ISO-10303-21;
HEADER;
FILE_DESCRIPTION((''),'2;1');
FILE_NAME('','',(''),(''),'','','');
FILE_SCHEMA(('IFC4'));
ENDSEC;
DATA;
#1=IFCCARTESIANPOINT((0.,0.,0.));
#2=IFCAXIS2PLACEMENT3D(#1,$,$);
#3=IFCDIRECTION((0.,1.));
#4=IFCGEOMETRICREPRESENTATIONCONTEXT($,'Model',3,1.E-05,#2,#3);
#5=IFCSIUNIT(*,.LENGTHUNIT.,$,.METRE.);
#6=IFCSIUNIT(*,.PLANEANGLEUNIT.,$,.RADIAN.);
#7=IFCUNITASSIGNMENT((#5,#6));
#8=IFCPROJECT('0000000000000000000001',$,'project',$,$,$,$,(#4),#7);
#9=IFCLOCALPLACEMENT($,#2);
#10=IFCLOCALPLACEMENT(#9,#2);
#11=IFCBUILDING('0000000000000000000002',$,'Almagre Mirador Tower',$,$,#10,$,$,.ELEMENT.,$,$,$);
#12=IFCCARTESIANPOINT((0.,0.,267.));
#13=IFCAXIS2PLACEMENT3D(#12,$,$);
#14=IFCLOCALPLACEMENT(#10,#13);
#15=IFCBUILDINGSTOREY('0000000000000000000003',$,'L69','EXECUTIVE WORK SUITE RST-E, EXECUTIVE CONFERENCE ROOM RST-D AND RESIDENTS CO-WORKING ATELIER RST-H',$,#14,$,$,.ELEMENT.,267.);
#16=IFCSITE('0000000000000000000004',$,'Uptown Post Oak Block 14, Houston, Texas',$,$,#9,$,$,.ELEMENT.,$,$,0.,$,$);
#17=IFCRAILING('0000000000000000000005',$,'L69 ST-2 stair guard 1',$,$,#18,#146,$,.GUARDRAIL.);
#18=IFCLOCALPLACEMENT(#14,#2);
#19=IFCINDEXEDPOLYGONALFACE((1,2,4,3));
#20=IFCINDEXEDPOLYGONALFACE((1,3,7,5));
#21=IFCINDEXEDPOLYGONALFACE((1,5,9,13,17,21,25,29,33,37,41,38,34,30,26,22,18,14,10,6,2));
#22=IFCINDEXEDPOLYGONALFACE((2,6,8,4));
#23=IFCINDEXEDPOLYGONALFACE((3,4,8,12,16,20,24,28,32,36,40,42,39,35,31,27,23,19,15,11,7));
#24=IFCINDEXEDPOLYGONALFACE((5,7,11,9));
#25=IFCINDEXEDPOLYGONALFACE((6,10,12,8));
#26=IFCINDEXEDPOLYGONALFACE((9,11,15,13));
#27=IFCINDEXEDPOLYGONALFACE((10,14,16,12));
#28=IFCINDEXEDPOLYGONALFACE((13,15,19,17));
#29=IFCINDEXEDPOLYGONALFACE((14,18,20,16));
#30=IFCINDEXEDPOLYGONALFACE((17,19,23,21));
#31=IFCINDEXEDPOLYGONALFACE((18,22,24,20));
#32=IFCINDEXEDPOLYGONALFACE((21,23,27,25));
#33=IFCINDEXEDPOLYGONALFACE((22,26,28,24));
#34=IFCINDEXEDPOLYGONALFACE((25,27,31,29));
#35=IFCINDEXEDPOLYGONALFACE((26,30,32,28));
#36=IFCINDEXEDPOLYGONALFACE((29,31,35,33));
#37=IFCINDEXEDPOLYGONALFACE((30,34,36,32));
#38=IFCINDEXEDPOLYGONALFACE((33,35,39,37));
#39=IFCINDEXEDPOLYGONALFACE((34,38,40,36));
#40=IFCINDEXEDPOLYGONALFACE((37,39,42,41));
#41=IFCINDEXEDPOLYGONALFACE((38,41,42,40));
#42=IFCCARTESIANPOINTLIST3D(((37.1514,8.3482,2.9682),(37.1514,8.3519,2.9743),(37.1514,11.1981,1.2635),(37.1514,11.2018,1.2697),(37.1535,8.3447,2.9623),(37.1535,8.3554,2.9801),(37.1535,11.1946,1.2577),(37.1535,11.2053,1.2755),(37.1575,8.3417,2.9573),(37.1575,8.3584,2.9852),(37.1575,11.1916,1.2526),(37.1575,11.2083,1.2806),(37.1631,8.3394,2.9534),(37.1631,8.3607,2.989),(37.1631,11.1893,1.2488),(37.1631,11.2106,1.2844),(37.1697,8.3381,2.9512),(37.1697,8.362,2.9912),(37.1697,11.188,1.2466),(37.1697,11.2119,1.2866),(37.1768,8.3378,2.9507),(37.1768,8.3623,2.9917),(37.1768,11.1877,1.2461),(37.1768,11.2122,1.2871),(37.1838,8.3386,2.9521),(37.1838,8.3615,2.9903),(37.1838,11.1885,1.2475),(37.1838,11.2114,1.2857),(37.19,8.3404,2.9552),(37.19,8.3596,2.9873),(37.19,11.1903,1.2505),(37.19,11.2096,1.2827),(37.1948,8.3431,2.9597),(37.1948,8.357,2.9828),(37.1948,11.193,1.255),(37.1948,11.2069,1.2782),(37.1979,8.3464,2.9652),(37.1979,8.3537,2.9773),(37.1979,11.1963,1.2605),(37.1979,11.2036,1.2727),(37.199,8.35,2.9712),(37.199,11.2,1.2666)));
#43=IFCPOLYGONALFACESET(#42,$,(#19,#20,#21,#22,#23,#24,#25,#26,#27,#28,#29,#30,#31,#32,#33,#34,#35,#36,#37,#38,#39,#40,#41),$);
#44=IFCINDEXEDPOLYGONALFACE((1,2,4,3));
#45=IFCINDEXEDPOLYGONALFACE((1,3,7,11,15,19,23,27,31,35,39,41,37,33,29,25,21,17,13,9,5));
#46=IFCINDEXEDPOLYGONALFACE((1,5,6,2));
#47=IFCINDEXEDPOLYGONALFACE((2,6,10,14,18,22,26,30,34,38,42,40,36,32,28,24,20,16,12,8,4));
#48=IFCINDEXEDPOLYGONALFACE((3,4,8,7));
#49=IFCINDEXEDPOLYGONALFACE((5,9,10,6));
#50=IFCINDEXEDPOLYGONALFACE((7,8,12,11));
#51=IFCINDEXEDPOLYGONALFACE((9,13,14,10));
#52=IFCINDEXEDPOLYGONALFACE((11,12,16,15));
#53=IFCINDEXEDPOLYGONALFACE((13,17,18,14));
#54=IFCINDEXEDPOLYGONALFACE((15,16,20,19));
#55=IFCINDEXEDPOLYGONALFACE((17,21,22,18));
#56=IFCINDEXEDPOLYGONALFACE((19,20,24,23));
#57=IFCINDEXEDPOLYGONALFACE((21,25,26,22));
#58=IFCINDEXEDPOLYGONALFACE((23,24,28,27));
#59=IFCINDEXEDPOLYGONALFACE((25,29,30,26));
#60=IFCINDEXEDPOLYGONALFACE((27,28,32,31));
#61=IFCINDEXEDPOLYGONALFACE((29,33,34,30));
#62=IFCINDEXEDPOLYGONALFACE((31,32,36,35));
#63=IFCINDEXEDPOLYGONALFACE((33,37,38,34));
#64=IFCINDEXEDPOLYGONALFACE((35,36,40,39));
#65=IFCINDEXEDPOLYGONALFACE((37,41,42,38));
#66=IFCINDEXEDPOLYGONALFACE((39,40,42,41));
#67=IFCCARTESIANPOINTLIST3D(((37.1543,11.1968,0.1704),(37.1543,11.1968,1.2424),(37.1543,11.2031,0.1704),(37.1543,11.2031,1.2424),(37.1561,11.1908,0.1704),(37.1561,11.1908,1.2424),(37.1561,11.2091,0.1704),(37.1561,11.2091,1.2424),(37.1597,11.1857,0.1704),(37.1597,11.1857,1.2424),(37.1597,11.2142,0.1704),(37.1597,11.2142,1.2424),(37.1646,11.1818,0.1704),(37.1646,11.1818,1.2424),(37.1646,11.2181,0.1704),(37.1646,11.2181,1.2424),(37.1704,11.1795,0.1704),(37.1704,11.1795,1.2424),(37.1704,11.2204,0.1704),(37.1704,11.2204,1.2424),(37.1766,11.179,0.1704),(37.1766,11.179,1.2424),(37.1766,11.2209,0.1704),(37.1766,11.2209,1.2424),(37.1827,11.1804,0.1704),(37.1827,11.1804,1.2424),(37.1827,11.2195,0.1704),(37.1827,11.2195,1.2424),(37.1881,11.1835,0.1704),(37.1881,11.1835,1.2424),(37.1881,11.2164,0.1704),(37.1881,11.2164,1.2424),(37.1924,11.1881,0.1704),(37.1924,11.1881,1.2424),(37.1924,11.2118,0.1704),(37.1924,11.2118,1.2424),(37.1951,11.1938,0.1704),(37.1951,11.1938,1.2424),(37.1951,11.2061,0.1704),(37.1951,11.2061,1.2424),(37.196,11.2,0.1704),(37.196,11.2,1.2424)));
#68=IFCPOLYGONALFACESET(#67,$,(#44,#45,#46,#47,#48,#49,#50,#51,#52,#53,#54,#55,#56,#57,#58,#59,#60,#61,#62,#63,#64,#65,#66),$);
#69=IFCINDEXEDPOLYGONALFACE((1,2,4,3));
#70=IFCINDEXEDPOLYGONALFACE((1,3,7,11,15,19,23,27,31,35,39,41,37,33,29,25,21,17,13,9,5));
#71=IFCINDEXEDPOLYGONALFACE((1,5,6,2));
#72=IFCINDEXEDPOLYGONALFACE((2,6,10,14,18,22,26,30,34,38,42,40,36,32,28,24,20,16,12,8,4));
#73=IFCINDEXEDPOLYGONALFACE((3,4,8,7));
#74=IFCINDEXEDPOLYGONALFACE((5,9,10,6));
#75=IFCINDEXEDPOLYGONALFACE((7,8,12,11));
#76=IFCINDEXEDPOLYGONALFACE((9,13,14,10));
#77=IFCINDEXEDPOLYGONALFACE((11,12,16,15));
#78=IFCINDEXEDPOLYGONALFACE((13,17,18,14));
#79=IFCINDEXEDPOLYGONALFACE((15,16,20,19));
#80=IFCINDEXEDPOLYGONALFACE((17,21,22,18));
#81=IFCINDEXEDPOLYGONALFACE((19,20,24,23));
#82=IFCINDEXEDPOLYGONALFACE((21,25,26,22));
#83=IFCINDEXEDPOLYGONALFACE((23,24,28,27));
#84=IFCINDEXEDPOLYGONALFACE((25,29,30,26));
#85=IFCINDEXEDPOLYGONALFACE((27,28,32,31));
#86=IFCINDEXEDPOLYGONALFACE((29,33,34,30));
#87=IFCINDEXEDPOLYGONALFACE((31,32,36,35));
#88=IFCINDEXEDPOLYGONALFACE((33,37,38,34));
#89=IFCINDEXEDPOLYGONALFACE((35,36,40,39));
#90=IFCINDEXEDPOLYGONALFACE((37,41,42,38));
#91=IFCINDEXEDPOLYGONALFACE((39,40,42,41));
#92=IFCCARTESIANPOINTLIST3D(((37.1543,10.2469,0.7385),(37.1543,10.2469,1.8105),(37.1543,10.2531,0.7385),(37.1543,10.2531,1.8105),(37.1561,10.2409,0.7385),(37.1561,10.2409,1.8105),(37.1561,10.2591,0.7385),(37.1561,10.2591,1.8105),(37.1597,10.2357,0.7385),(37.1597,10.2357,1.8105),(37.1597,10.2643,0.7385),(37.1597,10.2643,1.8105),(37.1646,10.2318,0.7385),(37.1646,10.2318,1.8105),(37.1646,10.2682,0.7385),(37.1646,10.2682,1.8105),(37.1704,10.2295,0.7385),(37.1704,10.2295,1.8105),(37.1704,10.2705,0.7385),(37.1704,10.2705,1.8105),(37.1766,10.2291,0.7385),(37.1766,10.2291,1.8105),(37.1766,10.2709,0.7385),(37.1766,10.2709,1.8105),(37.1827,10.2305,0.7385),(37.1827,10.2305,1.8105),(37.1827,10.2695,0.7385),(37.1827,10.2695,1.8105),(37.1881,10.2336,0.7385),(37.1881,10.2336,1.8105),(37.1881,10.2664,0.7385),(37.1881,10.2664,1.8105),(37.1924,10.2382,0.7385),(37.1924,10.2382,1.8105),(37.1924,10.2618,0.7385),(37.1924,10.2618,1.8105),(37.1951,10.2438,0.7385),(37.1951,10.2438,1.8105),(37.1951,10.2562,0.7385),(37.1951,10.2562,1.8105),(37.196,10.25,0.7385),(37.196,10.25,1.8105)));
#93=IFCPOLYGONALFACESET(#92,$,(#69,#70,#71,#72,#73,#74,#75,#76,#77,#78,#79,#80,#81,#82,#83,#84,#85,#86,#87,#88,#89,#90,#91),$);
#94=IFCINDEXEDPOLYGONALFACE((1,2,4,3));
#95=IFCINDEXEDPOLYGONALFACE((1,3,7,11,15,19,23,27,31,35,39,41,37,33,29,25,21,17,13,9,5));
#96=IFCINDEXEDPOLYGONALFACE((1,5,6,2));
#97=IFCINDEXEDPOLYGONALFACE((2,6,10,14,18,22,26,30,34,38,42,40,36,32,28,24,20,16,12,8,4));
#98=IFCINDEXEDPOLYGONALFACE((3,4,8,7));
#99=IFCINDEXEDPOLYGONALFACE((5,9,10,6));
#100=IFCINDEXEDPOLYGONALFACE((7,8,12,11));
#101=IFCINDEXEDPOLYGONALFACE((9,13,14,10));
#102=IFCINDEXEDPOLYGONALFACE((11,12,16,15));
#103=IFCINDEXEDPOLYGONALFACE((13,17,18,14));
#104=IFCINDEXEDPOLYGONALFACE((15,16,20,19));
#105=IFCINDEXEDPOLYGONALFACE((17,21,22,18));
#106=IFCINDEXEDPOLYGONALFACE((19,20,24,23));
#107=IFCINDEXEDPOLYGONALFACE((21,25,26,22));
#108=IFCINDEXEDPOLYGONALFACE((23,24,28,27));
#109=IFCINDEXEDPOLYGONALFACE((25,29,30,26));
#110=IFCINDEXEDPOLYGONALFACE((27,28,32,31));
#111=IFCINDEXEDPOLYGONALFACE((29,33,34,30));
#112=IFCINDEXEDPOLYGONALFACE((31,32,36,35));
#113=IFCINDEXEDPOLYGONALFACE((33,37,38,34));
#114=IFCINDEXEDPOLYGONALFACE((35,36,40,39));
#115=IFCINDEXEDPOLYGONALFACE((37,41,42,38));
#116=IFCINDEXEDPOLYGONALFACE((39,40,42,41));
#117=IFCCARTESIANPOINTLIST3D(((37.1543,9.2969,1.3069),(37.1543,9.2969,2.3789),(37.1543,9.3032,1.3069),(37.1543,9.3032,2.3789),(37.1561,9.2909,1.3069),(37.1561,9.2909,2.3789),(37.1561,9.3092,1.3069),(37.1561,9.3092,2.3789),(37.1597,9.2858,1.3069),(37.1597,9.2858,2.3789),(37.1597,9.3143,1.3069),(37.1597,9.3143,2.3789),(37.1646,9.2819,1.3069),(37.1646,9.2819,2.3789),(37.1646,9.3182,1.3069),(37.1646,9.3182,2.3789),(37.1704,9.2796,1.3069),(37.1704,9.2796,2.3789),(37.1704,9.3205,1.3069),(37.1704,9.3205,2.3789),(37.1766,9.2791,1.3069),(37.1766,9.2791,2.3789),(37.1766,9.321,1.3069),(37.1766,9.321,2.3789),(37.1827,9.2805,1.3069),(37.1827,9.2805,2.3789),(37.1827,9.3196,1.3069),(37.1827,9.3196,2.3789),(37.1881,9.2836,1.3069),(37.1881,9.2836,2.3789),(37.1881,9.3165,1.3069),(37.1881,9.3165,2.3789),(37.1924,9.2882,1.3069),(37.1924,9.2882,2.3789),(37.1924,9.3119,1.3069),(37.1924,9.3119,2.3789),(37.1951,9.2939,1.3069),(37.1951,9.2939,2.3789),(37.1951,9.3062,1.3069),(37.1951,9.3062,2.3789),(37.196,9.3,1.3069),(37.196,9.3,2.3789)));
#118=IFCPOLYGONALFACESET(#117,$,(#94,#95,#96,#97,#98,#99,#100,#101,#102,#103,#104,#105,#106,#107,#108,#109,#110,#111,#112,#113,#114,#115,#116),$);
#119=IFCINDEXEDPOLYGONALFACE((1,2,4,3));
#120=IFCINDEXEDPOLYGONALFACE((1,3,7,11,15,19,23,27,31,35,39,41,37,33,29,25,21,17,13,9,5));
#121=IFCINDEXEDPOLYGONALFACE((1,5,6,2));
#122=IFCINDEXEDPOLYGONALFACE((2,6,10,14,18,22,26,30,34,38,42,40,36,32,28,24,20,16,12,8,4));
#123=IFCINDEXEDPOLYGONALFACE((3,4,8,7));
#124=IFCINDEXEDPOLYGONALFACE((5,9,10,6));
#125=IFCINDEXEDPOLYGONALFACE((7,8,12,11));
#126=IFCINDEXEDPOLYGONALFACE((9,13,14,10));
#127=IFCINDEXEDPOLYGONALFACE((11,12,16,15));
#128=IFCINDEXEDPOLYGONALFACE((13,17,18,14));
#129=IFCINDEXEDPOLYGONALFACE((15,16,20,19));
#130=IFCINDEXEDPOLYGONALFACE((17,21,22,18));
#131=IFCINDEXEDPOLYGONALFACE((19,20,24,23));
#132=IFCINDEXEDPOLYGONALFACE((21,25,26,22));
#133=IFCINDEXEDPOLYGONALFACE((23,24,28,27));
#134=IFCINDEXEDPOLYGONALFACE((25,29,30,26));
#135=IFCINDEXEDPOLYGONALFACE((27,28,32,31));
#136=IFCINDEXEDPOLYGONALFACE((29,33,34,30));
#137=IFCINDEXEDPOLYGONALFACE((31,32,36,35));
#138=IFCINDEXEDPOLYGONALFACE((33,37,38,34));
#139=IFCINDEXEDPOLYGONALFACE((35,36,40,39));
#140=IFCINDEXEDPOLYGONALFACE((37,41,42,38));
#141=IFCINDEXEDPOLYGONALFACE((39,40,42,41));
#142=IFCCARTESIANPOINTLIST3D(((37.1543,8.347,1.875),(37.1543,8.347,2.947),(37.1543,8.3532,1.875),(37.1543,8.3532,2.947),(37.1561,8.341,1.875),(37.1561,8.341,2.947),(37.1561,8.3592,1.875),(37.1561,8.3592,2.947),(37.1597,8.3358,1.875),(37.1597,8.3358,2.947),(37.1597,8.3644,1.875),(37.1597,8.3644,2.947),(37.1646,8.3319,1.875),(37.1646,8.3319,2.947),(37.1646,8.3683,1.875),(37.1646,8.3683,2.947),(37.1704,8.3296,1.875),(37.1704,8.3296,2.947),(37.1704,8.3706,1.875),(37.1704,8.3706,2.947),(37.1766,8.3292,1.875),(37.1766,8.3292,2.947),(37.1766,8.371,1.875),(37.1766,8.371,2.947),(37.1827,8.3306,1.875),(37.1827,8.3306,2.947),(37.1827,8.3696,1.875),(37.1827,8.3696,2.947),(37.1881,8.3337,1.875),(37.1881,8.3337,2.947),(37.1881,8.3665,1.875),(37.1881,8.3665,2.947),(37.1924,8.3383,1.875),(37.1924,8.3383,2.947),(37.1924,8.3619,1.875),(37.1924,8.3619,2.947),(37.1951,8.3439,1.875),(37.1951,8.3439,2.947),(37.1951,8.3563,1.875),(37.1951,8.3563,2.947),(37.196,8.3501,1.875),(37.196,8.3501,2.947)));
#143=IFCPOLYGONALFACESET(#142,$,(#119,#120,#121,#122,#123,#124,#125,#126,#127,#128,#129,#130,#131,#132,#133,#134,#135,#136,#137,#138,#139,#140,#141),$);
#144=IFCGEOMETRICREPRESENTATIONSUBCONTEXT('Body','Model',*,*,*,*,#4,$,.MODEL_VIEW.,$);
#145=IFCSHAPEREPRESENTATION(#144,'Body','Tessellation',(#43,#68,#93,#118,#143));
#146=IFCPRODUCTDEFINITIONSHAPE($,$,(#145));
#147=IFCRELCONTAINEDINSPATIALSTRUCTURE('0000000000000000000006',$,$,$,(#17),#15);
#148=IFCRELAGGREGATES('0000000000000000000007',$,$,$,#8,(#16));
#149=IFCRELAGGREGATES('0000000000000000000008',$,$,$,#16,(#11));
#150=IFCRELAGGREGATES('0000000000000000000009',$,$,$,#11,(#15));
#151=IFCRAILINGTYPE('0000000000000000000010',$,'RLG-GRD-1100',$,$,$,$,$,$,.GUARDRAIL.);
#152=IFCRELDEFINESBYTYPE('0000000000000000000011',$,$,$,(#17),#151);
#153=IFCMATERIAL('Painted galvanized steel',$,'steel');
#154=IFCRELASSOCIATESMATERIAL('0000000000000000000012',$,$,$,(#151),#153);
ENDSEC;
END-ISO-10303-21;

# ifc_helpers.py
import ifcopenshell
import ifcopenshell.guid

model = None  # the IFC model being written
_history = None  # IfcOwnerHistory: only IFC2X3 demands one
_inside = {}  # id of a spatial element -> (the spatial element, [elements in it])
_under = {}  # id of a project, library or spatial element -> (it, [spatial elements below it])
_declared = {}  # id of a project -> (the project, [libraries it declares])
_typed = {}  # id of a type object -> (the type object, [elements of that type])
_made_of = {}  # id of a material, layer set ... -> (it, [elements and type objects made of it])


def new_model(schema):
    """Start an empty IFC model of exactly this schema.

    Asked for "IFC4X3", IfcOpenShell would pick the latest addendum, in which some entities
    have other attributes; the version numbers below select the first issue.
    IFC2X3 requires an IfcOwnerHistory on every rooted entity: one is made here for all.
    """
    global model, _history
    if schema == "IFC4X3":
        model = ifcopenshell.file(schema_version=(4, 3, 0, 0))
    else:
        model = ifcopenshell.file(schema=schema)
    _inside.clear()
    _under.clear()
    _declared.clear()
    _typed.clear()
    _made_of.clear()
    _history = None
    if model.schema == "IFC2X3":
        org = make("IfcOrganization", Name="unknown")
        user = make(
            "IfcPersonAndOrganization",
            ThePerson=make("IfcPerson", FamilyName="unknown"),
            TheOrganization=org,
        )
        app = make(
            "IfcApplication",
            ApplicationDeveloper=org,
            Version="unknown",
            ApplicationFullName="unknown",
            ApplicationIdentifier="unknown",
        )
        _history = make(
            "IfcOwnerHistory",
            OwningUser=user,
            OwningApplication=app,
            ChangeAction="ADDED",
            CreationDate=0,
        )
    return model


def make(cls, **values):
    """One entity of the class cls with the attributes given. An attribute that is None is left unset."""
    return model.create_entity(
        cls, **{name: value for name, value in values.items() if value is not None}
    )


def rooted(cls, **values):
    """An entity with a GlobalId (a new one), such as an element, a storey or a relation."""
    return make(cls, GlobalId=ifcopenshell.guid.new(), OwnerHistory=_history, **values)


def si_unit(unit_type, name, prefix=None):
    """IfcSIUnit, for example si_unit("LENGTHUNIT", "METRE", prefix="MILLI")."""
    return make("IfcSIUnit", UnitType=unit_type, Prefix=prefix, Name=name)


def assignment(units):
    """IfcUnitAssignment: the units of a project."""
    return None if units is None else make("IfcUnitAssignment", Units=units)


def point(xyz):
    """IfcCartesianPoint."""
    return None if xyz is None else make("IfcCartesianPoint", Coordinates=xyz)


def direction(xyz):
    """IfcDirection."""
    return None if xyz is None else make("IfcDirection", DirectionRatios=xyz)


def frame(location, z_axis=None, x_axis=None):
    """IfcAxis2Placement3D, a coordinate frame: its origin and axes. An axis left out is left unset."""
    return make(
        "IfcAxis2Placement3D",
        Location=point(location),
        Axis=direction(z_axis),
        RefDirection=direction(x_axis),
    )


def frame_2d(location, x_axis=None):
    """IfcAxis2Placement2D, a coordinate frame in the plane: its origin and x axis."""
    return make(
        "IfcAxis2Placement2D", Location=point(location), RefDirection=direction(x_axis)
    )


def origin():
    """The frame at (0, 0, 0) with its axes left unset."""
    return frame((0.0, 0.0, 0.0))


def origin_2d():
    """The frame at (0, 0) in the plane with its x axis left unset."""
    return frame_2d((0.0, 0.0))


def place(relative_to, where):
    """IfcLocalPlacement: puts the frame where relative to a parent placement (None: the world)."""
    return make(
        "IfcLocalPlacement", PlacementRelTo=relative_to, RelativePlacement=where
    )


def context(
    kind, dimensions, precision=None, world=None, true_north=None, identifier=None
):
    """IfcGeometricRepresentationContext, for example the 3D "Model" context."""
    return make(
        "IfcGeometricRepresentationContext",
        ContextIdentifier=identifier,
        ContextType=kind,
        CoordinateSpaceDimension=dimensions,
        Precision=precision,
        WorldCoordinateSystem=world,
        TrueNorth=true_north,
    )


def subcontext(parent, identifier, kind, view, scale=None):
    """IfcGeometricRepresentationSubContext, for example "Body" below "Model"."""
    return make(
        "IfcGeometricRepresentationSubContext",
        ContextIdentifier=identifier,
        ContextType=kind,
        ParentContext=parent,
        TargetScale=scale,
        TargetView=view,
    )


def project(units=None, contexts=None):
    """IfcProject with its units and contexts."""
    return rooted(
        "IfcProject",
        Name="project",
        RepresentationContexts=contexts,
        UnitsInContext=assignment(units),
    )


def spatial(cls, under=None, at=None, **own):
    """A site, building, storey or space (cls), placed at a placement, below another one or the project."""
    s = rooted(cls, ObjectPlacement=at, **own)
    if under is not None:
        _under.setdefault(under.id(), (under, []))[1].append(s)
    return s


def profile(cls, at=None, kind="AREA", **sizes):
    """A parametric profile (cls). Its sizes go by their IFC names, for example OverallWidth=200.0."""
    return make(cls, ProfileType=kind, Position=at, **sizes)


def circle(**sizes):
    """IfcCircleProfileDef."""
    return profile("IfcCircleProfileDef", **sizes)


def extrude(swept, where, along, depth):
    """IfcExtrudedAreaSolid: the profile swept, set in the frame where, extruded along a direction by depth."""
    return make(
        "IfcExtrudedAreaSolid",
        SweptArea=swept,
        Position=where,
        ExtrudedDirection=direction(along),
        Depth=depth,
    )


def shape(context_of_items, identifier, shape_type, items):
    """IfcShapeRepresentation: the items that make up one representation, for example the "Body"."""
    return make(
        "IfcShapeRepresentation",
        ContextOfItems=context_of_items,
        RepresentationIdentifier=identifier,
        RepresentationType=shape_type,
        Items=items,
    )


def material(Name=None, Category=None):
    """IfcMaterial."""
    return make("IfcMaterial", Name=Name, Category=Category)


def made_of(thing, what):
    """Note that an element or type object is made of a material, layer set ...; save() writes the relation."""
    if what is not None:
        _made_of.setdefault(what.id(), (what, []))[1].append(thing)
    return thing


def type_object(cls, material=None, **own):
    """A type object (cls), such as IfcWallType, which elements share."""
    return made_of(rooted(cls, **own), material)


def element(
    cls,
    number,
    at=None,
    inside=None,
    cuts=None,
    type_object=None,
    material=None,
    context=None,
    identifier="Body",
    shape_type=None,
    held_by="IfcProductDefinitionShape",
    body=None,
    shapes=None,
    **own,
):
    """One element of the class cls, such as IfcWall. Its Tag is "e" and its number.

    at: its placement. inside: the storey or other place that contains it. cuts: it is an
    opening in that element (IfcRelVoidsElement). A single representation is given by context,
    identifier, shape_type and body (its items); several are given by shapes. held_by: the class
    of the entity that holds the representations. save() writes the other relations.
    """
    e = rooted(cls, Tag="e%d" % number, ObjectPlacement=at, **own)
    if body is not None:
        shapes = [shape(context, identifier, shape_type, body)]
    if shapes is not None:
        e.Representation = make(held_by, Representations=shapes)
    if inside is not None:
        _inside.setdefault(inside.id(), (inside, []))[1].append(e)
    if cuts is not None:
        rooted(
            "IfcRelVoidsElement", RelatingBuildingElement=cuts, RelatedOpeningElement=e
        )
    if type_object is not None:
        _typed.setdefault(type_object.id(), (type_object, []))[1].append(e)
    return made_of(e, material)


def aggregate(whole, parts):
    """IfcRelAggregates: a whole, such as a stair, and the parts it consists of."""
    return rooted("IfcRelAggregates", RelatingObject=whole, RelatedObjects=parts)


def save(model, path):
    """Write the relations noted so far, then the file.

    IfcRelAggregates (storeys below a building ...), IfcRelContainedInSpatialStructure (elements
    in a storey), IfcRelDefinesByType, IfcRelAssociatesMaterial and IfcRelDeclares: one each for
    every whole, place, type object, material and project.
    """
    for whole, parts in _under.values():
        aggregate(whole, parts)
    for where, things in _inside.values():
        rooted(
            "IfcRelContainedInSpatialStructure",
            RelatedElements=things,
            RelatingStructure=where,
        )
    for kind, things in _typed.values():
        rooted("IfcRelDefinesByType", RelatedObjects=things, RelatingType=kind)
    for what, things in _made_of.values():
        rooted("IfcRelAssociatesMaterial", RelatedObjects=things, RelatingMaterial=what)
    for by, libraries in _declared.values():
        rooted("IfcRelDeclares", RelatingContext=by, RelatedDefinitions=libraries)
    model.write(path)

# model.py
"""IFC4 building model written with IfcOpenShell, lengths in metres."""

from ifc_helpers import new_model, si_unit, direction, frame, origin, origin_2d, place, context, subcontext, project, spatial, circle, extrude, material, type_object, element, save


model = new_model("IFC4")

# Units and contexts
model_context = context("Model", 3, precision=1e-05, world=origin(), true_north=direction((0.0, 1.0)))
body_context = subcontext(model_context, "Body", "Model", "MODEL_VIEW")
ifc_project = project(units=[si_unit("LENGTHUNIT", "METRE"), si_unit("PLANEANGLEUNIT", "RADIAN")], contexts=[model_context])

# Site, building, storey
site_placement = place(None, origin())
site = spatial("IfcSite", under=ifc_project, at=site_placement, Name="Uptown Post Oak Block 14, Houston, Texas", CompositionType="ELEMENT", RefElevation=0.0)
building_placement = place(site_placement, origin())
building = spatial("IfcBuilding", under=site, at=building_placement, Name="Almagre Mirador Tower", CompositionType="ELEMENT")
storey_placement = place(building_placement, frame((0.0, 0.0, 267.0)))
storey = spatial("IfcBuildingStorey", under=building, at=storey_placement, Name="L69", Description="EXECUTIVE WORK SUITE RST-E, EXECUTIVE CONFERENCE ROOM RST-D AND RESIDENTS CO-WORKING ATELIER RST-H", CompositionType="ELEMENT", Elevation=267.0)

# Railing
ifc_material_1 = material(Name="Painted galvanized steel", Category="steel")
railing_type_1 = type_object("IfcRailingType", Name="RLG-GRD-1100", PredefinedType="GUARDRAIL", material=ifc_material_1)
railing_1_placement = place(storey_placement, frame((37.175, 11.2, 0.1704)))
element("IfcRailing", 1, at=railing_1_placement, inside=storey, type_object=railing_type_1, Name="L69 ST-2 stair guard 1", PredefinedType="GUARDRAIL", context=body_context, shape_type="SweptSolid", body=[
    extrude(circle(Radius=0.0239, at=origin_2d()), frame((0.0, 0.0, 1.0962), z_axis=(0.0, -0.858199, 0.513317), x_axis=(1.0, 0.0, 0.0)), (0.0, 0.0, 1.0), 3.3208),
    extrude(circle(Radius=0.021, at=origin_2d()), origin(), (0.0, 0.0, 1.0), 1.072),
    extrude(circle(Radius=0.021, at=origin_2d()), frame((0.0, -0.95, 0.5681)), (0.0, 0.0, 1.0), 1.072),
    extrude(circle(Radius=0.021, at=origin_2d()), frame((0.0, -1.8999, 1.1365)), (0.0, 0.0, 1.0), 1.072),
    extrude(circle(Radius=0.021, at=origin_2d()), frame((0.0, -2.8499, 1.7046)), (0.0, 0.0, 1.0), 1.072),
])

save(model, "model.ifc")
